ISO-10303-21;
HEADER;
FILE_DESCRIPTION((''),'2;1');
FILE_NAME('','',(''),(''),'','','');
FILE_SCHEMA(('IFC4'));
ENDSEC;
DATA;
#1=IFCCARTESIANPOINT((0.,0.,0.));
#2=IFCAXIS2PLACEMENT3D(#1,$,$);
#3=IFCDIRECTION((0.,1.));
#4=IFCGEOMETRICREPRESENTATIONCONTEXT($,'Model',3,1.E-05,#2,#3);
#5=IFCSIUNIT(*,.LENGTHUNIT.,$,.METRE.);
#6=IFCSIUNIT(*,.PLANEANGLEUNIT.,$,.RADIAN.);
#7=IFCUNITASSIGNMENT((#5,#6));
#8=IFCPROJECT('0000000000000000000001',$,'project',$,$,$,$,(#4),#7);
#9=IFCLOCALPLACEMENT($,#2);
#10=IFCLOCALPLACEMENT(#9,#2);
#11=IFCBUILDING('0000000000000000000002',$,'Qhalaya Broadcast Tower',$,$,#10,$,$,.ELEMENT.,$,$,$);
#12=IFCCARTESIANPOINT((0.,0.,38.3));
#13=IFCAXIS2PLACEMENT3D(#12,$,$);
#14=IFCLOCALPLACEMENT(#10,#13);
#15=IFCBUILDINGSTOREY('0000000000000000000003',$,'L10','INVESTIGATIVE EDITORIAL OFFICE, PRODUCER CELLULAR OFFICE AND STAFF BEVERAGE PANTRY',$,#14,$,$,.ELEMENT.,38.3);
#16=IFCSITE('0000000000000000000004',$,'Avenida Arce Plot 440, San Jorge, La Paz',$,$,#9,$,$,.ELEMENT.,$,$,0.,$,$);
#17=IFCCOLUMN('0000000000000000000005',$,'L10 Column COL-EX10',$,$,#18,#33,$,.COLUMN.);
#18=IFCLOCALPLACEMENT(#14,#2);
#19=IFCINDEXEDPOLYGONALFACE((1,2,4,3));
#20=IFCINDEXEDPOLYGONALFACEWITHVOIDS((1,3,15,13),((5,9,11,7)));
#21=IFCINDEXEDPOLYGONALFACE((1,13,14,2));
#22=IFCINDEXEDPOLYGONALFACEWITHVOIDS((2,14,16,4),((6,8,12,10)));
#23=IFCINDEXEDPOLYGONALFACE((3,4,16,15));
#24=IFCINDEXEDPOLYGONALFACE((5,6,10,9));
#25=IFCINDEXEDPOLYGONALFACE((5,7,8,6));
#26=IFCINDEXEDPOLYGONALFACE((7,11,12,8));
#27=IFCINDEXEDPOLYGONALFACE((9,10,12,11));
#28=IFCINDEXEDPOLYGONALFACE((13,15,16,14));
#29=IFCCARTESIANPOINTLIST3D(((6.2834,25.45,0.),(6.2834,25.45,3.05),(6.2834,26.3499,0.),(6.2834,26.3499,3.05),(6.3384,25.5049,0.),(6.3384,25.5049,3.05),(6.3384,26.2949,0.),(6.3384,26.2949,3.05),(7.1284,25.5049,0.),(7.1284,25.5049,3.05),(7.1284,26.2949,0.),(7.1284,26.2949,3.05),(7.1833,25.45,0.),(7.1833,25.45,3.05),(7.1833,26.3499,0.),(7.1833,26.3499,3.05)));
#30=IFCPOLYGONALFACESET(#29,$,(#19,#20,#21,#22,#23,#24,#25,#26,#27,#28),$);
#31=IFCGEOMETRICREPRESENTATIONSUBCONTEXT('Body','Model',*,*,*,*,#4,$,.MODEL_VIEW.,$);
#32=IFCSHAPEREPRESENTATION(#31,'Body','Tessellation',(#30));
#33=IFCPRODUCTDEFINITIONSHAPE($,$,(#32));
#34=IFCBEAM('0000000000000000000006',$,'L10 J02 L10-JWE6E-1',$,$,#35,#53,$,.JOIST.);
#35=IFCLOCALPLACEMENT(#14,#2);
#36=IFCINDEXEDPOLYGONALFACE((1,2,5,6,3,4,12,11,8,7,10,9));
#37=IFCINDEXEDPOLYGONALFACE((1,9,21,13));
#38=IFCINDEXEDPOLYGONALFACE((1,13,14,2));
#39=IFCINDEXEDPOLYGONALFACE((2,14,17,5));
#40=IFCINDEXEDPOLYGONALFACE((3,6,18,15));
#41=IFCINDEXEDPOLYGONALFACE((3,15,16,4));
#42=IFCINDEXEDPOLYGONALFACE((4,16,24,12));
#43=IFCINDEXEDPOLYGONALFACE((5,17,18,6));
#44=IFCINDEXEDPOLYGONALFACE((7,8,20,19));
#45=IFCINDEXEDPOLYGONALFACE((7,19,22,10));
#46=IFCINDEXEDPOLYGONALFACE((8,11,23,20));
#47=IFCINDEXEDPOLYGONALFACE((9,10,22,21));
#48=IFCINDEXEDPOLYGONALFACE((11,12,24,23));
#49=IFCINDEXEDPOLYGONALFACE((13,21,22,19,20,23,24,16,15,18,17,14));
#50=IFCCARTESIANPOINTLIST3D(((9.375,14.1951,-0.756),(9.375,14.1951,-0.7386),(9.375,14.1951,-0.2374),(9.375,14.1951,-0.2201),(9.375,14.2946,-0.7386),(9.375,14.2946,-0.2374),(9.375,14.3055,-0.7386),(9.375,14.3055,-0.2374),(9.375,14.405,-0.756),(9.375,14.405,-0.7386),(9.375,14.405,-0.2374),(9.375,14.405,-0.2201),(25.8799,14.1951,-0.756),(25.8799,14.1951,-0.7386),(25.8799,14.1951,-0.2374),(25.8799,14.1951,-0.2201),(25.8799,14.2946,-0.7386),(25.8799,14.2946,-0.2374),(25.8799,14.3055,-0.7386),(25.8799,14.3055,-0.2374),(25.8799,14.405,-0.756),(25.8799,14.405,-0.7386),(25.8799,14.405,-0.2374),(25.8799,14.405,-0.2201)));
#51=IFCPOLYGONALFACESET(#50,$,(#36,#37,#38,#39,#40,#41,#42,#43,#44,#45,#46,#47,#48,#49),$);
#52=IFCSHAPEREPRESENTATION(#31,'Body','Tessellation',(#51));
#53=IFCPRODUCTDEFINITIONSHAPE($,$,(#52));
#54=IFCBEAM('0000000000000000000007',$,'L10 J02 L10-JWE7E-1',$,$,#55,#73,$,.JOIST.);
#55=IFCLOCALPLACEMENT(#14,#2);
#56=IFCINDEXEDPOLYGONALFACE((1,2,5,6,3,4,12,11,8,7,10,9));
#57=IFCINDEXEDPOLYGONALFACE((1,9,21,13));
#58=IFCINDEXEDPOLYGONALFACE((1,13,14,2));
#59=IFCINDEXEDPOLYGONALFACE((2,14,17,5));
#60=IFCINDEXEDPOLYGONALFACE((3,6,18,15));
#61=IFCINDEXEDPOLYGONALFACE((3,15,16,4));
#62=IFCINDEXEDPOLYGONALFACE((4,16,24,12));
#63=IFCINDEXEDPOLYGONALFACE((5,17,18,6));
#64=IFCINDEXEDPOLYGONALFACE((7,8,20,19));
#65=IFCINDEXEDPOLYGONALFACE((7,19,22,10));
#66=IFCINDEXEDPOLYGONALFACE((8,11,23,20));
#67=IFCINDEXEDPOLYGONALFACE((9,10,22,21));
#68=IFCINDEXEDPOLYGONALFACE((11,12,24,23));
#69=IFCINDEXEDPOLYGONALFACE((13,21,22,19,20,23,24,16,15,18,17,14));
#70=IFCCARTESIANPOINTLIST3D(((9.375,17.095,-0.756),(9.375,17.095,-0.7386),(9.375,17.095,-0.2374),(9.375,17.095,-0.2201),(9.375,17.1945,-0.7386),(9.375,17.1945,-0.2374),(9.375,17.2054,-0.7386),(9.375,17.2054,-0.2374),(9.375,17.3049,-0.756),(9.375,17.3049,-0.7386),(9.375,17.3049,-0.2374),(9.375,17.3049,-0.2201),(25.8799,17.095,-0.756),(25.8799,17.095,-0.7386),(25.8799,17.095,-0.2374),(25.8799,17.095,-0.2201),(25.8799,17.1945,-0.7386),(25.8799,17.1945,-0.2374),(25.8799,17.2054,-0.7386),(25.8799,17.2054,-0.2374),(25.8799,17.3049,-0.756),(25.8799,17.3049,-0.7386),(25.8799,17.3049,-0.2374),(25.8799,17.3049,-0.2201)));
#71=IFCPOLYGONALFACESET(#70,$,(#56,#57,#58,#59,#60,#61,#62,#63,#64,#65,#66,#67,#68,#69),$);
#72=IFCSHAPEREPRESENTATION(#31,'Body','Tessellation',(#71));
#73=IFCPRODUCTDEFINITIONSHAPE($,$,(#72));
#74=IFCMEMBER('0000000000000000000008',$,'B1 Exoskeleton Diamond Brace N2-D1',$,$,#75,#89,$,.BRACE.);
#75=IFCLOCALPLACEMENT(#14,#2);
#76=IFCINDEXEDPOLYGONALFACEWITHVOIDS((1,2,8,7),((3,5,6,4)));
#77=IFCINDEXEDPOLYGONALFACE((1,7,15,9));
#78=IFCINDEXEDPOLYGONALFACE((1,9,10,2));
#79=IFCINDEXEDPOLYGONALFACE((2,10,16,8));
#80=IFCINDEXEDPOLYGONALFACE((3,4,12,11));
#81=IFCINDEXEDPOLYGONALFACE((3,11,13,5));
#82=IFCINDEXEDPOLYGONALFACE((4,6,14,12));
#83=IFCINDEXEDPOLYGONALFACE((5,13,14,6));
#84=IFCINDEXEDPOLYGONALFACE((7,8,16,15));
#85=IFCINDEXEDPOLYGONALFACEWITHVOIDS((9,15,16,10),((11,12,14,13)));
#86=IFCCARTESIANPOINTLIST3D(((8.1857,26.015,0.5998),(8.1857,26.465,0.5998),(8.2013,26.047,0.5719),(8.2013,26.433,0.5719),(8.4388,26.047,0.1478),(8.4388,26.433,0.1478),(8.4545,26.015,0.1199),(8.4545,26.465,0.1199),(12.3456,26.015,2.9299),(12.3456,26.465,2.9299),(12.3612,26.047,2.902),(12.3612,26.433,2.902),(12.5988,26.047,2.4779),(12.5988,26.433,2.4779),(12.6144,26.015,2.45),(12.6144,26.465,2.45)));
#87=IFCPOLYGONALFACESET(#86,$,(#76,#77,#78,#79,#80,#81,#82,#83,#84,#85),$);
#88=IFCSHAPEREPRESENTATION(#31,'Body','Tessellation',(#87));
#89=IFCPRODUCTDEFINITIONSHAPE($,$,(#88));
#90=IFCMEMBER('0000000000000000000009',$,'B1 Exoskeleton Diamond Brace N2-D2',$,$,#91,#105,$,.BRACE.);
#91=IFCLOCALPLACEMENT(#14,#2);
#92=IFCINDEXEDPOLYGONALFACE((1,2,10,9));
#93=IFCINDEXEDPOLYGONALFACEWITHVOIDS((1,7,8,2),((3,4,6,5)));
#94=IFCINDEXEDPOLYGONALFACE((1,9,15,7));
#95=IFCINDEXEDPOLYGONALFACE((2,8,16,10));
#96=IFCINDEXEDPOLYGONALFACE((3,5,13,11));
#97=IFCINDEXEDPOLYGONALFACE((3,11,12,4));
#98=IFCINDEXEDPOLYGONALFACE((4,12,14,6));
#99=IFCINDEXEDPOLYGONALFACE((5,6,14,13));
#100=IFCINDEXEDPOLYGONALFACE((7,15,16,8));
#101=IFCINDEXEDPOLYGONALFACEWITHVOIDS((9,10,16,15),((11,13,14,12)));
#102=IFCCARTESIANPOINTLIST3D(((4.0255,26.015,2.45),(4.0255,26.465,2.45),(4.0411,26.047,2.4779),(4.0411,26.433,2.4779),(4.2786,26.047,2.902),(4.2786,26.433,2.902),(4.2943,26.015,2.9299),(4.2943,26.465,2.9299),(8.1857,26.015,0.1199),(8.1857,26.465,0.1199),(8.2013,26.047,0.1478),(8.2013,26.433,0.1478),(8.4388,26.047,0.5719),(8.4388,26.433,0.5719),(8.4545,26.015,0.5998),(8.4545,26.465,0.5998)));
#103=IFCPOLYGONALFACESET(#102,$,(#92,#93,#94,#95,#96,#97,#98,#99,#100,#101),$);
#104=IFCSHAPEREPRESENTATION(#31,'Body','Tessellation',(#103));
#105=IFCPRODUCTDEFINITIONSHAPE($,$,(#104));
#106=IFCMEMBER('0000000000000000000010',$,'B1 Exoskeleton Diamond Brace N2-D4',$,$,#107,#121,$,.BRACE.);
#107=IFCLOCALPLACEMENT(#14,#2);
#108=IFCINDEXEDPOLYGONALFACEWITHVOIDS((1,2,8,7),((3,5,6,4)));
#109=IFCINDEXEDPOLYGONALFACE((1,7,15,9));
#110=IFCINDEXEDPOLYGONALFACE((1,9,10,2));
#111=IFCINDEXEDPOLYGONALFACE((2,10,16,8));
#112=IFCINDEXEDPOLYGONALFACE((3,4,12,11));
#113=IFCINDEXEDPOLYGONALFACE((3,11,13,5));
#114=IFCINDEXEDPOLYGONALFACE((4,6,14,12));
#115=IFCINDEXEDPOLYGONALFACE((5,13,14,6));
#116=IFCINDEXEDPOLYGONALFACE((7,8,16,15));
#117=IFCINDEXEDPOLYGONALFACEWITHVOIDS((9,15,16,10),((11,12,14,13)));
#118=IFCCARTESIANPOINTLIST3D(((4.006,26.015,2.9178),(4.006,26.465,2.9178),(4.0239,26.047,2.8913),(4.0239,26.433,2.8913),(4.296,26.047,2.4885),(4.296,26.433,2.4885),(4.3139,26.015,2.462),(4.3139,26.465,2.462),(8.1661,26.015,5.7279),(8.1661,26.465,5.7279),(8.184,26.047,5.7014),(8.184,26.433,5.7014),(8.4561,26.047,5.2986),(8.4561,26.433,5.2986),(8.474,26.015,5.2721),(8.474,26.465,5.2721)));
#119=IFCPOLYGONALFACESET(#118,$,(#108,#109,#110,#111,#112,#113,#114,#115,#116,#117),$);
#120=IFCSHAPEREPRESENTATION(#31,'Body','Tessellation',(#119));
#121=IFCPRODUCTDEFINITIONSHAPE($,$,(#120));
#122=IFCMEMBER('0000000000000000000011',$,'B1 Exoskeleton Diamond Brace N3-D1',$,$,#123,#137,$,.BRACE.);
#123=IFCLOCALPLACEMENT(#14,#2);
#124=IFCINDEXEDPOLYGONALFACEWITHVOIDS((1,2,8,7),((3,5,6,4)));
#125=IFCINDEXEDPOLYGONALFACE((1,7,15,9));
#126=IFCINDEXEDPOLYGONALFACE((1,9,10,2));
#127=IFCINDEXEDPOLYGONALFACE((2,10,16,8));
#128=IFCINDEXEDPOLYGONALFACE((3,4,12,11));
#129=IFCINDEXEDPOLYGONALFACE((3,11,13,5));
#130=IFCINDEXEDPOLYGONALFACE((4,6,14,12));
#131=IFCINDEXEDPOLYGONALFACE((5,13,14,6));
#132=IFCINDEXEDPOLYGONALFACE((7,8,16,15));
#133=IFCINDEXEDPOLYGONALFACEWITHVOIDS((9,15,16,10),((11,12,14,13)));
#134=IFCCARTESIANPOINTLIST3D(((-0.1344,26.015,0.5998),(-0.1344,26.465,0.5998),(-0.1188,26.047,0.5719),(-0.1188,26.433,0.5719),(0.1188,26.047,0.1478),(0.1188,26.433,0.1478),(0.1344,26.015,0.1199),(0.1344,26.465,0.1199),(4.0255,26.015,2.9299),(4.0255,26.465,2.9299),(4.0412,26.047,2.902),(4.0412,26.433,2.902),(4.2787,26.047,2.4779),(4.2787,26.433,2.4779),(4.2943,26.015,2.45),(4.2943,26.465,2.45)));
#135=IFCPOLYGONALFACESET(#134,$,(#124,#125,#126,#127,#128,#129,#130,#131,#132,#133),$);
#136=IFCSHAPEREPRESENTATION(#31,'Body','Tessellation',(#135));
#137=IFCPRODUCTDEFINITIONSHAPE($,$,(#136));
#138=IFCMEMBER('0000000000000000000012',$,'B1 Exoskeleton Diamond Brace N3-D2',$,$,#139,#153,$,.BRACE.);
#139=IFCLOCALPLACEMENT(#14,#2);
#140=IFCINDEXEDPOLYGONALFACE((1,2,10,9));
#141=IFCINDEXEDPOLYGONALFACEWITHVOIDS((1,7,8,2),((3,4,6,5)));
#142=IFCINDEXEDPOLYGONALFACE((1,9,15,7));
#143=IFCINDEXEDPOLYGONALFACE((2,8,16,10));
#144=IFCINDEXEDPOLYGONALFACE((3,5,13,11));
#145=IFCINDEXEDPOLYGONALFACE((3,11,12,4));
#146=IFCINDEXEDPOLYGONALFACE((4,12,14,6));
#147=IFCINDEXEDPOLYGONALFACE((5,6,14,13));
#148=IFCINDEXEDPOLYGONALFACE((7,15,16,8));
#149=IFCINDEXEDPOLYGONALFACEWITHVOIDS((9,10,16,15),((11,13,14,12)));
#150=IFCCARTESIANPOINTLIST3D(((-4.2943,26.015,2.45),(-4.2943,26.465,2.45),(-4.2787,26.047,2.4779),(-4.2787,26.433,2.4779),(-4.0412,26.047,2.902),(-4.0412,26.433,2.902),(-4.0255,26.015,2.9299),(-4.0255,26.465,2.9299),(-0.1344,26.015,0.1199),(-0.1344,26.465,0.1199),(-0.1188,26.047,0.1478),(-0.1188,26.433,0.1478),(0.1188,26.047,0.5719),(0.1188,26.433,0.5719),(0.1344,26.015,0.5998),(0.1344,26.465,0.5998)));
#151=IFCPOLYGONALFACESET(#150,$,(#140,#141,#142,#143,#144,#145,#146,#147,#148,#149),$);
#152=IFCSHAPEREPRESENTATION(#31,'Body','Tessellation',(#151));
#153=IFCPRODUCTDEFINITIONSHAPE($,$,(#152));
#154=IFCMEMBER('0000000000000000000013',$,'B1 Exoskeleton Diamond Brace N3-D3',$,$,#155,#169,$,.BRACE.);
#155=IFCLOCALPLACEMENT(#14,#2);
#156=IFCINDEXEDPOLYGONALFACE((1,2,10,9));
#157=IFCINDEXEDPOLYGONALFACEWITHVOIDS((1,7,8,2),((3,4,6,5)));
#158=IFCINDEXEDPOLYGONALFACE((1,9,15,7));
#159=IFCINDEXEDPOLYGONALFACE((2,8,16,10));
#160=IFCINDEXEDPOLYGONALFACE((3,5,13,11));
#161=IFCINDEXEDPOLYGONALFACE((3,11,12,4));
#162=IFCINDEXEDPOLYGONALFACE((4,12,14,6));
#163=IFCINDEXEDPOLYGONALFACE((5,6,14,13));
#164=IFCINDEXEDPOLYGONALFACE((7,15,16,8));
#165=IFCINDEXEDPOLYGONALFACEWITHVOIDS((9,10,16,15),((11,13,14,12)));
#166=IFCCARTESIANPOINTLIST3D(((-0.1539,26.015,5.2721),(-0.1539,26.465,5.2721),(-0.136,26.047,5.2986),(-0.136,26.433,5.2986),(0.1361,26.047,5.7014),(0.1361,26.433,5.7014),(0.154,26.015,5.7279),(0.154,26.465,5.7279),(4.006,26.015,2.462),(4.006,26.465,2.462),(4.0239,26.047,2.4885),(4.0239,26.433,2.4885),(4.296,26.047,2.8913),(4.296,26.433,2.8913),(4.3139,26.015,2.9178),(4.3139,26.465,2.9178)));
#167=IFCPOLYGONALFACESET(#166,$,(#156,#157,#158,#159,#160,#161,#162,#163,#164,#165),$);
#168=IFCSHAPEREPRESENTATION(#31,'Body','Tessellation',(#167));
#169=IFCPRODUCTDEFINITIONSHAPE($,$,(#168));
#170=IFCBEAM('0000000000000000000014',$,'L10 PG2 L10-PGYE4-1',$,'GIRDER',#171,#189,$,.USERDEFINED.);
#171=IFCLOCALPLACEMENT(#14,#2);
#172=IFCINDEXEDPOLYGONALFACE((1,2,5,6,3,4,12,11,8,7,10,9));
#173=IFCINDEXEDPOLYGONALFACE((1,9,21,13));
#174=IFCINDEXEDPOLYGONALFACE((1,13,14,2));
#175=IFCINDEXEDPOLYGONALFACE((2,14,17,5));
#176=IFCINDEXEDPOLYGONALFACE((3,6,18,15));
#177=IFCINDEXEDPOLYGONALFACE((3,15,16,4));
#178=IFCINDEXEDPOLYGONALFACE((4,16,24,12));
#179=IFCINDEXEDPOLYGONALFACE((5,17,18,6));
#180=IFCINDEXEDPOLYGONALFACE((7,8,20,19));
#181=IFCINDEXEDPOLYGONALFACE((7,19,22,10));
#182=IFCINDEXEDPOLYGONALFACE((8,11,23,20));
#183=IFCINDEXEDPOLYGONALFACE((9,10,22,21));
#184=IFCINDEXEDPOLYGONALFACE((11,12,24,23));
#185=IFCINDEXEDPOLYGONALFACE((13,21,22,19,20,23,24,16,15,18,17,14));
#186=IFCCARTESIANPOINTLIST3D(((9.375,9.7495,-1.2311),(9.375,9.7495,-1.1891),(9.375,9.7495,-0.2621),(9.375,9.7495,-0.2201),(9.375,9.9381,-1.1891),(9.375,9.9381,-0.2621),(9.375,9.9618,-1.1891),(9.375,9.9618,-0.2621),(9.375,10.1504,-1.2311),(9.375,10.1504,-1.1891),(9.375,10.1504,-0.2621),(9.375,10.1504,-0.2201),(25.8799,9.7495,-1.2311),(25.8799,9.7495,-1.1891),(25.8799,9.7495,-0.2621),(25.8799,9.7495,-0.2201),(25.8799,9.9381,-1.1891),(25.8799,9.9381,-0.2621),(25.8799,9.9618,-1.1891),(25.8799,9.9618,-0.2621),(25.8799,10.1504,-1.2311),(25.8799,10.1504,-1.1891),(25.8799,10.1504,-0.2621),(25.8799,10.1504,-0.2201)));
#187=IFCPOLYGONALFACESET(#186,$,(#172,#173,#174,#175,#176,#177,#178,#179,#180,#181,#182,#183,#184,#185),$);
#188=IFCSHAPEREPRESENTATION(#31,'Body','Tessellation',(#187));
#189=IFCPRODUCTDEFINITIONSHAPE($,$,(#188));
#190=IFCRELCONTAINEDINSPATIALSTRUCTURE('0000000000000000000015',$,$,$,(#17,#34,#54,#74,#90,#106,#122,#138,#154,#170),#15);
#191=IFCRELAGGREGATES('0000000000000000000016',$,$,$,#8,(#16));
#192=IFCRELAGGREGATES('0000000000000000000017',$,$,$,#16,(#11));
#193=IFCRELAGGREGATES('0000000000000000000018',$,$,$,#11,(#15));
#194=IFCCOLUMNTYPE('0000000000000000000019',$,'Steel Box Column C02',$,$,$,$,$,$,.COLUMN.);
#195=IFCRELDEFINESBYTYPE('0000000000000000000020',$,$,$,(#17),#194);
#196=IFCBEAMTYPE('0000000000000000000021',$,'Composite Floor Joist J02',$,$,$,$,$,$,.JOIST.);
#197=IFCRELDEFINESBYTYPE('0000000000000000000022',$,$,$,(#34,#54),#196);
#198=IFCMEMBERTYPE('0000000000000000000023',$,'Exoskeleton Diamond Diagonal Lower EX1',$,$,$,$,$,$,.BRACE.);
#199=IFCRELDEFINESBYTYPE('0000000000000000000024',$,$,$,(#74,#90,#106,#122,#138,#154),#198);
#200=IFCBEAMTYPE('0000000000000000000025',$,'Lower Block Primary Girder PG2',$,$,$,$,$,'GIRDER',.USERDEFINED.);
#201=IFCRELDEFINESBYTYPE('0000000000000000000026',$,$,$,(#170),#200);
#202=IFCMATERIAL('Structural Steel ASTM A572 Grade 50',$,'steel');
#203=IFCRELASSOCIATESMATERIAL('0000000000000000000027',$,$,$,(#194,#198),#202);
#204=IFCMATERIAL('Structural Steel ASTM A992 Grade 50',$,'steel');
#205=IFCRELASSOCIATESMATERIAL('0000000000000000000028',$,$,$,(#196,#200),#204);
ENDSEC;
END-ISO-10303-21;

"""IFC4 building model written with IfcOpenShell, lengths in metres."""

from ifc_helpers import new_model, si_unit, direction, frame, origin, origin_2d, place, context, subcontext, project, spatial, hollow_rectangle, i_section, extrude, material, material_profile, profile_set, type_object, element, save


model = new_model("IFC4")

# Units and contexts
model_context = context("Model", 3, precision=1e-05, world=origin(), true_north=direction((0.0, 1.0)))
body_context = subcontext(model_context, "Body", "Model", "MODEL_VIEW")
ifc_project = project(units=[si_unit("LENGTHUNIT", "METRE"), si_unit("PLANEANGLEUNIT", "RADIAN")], contexts=[model_context])

# Site, building, storey
site_placement = place(None, origin())
site = spatial("IfcSite", under=ifc_project, at=site_placement, Name="Avenida Arce Plot 440, San Jorge, La Paz", CompositionType="ELEMENT", RefElevation=0.0)
building_placement = place(site_placement, origin())
building = spatial("IfcBuilding", under=site, at=building_placement, Name="Qhalaya Broadcast Tower", CompositionType="ELEMENT")
storey_placement = place(building_placement, frame((0.0, 0.0, 38.3)))
storey = spatial("IfcBuildingStorey", under=building, at=storey_placement, Name="L10", Description="INVESTIGATIVE EDITORIAL OFFICE, PRODUCER CELLULAR OFFICE AND STAFF BEVERAGE PANTRY", CompositionType="ELEMENT", Elevation=38.3)

# Column
ifc_material_1 = material(Name="Structural Steel ASTM A572 Grade 50", Category="steel")
ifc_material_profile_1 = material_profile(ifc_material_1, hollow_rectangle(XDim=0.8999, YDim=0.8999, WallThickness=0.0549, at=origin_2d()), Name="BOX 900x900x55")
ifc_profile_set_1 = profile_set([ifc_material_profile_1], Name="Structural Steel ASTM A572 Grade 50")
column_type = type_object("IfcColumnType", Name="Steel Box Column C02", PredefinedType="COLUMN", material=ifc_profile_set_1)
column_placement = place(storey_placement, frame((6.7334, 25.8999, 0.0), z_axis=(0.0, 0.0, 1.0), x_axis=(1.0, 0.0, 0.0)))
element("IfcColumn", 1, at=column_placement, inside=storey, type_object=column_type, Name="L10 Column COL-EX10", PredefinedType="COLUMN", context=body_context, shape_type="SweptSolid", body=[
    extrude(hollow_rectangle(XDim=0.8999, YDim=0.8999, WallThickness=0.0549, at=origin_2d()), origin(), (0.0, 0.0, 1.0), 3.05),
])

# Beams
ifc_material_2 = material(Name="Structural Steel ASTM A992 Grade 50", Category="steel")
ifc_material_profile_2 = material_profile(ifc_material_2, i_section(OverallWidth=0.21, OverallDepth=0.5359, WebThickness=0.011, FlangeThickness=0.0173, at=origin_2d()), Name="W21X68")
ifc_profile_set_2 = profile_set([ifc_material_profile_2], Name="Structural Steel ASTM A992 Grade 50")
beam_type_1 = type_object("IfcBeamType", Name="Composite Floor Joist J02", PredefinedType="JOIST", material=ifc_profile_set_2)
for number, where, z_axis, x_axis, name in (
    (2, (9.375, 14.3, -0.488), (1.0, 0.0, 0.0), (0.0, 1.0, 0.0), "L10 J02 L10-JWE6E-1"),
    (3, (9.375, 17.2, -0.488), (1.0, 0.0, 0.0), (0.0, 1.0, 0.0), "L10 J02 L10-JWE7E-1"),
):
    element("IfcBeam", number, at=place(storey_placement, frame(where, z_axis=z_axis, x_axis=x_axis)), inside=storey, type_object=beam_type_1, Name=name, PredefinedType="JOIST", context=body_context, shape_type="SweptSolid", body=[
        extrude(i_section(OverallWidth=0.21, OverallDepth=0.5359, WebThickness=0.011, FlangeThickness=0.0173, at=origin_2d()), origin(), (0.0, 0.0, 1.0), 16.5049),
    ])

# Members
ifc_material_profile_3 = material_profile(ifc_material_1, hollow_rectangle(XDim=0.45, YDim=0.55, WallThickness=0.032, at=origin_2d()), Name="BOX 450x550x32")
ifc_profile_set_3 = profile_set([ifc_material_profile_3], Name="Structural Steel ASTM A572 Grade 50")
member_type = type_object("IfcMemberType", Name="Exoskeleton Diamond Diagonal Lower EX1", PredefinedType="BRACE", material=ifc_profile_set_3)
member_1_placement = place(storey_placement, frame((8.3201, 26.24, 0.3599), z_axis=(0.872459, 0.0, 0.488688), x_axis=(0.0, 1.0, 0.0)))
element("IfcMember", 4, at=member_1_placement, inside=storey, type_object=member_type, Name="B1 Exoskeleton Diamond Brace N2-D1", PredefinedType="BRACE", context=body_context, shape_type="SweptSolid", body=[
    extrude(hollow_rectangle(XDim=0.45, YDim=0.55, WallThickness=0.032, at=origin_2d()), origin(), (0.0, 0.0, 1.0), 4.7681),
])
member_2_placement = place(storey_placement, frame((8.3201, 26.24, 0.3599), z_axis=(-0.872471, 0.0, 0.488666), x_axis=(0.0, -1.0, 0.0)))
element("IfcMember", 5, at=member_2_placement, inside=storey, type_object=member_type, Name="B1 Exoskeleton Diamond Brace N2-D2", PredefinedType="BRACE", context=body_context, shape_type="SweptSolid", body=[
    extrude(hollow_rectangle(XDim=0.45, YDim=0.55, WallThickness=0.032, at=origin_2d()), origin(), (0.0, 0.0, 1.0), 4.7683),
])
member_3_placement = place(storey_placement, frame((4.1599, 26.24, 2.6899), z_axis=(0.828668, 0.0, 0.55974), x_axis=(0.0, 1.0, 0.0)))
element("IfcMember", 6, at=member_3_placement, inside=storey, type_object=member_type, Name="B1 Exoskeleton Diamond Brace N2-D4", PredefinedType="BRACE", context=body_context, shape_type="SweptSolid", body=[
    extrude(hollow_rectangle(XDim=0.45, YDim=0.55, WallThickness=0.032, at=origin_2d()), origin(), (0.0, 0.0, 1.0), 5.0203),
])
for number, where, z_axis, x_axis, name in (
    (7, (0.0, 26.24, 0.3599), (0.872459, 0.0, 0.488688), (0.0, 1.0, 0.0), "B1 Exoskeleton Diamond Brace N3-D1"),
    (8, (0.0, 26.24, 0.3599), (-0.872459, 0.0, 0.488688), (0.0, -1.0, 0.0), "B1 Exoskeleton Diamond Brace N3-D2"),
):
    element("IfcMember", number, at=place(storey_placement, frame(where, z_axis=z_axis, x_axis=x_axis)), inside=storey, type_object=member_type, Name=name, PredefinedType="BRACE", context=body_context, shape_type="SweptSolid", body=[
        extrude(hollow_rectangle(XDim=0.45, YDim=0.55, WallThickness=0.032, at=origin_2d()), origin(), (0.0, 0.0, 1.0), 4.7681),
    ])
member_4_placement = place(storey_placement, frame((4.1599, 26.24, 2.6899), z_axis=(-0.828653, 0.0, 0.559763), x_axis=(0.0, -1.0, 0.0)))
element("IfcMember", 9, at=member_4_placement, inside=storey, type_object=member_type, Name="B1 Exoskeleton Diamond Brace N3-D3", PredefinedType="BRACE", context=body_context, shape_type="SweptSolid", body=[
    extrude(hollow_rectangle(XDim=0.45, YDim=0.55, WallThickness=0.032, at=origin_2d()), origin(), (0.0, 0.0, 1.0), 5.02),
])

# Beam
ifc_material_profile_4 = material_profile(ifc_material_2, i_section(OverallWidth=0.4009, OverallDepth=1.011, WebThickness=0.0237, FlangeThickness=0.042, at=origin_2d()), Name="W40X297")
ifc_profile_set_4 = profile_set([ifc_material_profile_4], Name="Structural Steel ASTM A992 Grade 50")
beam_type_2 = type_object("IfcBeamType", Name="Lower Block Primary Girder PG2", ElementType="GIRDER", PredefinedType="USERDEFINED", material=ifc_profile_set_4)
beam_1_placement = place(storey_placement, frame((9.375, 9.95, -0.7256), z_axis=(1.0, 0.0, 0.0), x_axis=(0.0, 1.0, 0.0)))
element("IfcBeam", 10, at=beam_1_placement, inside=storey, type_object=beam_type_2, Name="L10 PG2 L10-PGYE4-1", ObjectType="GIRDER", PredefinedType="USERDEFINED", context=body_context, shape_type="SweptSolid", body=[
    extrude(i_section(OverallWidth=0.4009, OverallDepth=1.011, WebThickness=0.0237, FlangeThickness=0.042, at=origin_2d()), origin(), (0.0, 0.0, 1.0), 16.5049),
])

save(model, "model.ifc")
